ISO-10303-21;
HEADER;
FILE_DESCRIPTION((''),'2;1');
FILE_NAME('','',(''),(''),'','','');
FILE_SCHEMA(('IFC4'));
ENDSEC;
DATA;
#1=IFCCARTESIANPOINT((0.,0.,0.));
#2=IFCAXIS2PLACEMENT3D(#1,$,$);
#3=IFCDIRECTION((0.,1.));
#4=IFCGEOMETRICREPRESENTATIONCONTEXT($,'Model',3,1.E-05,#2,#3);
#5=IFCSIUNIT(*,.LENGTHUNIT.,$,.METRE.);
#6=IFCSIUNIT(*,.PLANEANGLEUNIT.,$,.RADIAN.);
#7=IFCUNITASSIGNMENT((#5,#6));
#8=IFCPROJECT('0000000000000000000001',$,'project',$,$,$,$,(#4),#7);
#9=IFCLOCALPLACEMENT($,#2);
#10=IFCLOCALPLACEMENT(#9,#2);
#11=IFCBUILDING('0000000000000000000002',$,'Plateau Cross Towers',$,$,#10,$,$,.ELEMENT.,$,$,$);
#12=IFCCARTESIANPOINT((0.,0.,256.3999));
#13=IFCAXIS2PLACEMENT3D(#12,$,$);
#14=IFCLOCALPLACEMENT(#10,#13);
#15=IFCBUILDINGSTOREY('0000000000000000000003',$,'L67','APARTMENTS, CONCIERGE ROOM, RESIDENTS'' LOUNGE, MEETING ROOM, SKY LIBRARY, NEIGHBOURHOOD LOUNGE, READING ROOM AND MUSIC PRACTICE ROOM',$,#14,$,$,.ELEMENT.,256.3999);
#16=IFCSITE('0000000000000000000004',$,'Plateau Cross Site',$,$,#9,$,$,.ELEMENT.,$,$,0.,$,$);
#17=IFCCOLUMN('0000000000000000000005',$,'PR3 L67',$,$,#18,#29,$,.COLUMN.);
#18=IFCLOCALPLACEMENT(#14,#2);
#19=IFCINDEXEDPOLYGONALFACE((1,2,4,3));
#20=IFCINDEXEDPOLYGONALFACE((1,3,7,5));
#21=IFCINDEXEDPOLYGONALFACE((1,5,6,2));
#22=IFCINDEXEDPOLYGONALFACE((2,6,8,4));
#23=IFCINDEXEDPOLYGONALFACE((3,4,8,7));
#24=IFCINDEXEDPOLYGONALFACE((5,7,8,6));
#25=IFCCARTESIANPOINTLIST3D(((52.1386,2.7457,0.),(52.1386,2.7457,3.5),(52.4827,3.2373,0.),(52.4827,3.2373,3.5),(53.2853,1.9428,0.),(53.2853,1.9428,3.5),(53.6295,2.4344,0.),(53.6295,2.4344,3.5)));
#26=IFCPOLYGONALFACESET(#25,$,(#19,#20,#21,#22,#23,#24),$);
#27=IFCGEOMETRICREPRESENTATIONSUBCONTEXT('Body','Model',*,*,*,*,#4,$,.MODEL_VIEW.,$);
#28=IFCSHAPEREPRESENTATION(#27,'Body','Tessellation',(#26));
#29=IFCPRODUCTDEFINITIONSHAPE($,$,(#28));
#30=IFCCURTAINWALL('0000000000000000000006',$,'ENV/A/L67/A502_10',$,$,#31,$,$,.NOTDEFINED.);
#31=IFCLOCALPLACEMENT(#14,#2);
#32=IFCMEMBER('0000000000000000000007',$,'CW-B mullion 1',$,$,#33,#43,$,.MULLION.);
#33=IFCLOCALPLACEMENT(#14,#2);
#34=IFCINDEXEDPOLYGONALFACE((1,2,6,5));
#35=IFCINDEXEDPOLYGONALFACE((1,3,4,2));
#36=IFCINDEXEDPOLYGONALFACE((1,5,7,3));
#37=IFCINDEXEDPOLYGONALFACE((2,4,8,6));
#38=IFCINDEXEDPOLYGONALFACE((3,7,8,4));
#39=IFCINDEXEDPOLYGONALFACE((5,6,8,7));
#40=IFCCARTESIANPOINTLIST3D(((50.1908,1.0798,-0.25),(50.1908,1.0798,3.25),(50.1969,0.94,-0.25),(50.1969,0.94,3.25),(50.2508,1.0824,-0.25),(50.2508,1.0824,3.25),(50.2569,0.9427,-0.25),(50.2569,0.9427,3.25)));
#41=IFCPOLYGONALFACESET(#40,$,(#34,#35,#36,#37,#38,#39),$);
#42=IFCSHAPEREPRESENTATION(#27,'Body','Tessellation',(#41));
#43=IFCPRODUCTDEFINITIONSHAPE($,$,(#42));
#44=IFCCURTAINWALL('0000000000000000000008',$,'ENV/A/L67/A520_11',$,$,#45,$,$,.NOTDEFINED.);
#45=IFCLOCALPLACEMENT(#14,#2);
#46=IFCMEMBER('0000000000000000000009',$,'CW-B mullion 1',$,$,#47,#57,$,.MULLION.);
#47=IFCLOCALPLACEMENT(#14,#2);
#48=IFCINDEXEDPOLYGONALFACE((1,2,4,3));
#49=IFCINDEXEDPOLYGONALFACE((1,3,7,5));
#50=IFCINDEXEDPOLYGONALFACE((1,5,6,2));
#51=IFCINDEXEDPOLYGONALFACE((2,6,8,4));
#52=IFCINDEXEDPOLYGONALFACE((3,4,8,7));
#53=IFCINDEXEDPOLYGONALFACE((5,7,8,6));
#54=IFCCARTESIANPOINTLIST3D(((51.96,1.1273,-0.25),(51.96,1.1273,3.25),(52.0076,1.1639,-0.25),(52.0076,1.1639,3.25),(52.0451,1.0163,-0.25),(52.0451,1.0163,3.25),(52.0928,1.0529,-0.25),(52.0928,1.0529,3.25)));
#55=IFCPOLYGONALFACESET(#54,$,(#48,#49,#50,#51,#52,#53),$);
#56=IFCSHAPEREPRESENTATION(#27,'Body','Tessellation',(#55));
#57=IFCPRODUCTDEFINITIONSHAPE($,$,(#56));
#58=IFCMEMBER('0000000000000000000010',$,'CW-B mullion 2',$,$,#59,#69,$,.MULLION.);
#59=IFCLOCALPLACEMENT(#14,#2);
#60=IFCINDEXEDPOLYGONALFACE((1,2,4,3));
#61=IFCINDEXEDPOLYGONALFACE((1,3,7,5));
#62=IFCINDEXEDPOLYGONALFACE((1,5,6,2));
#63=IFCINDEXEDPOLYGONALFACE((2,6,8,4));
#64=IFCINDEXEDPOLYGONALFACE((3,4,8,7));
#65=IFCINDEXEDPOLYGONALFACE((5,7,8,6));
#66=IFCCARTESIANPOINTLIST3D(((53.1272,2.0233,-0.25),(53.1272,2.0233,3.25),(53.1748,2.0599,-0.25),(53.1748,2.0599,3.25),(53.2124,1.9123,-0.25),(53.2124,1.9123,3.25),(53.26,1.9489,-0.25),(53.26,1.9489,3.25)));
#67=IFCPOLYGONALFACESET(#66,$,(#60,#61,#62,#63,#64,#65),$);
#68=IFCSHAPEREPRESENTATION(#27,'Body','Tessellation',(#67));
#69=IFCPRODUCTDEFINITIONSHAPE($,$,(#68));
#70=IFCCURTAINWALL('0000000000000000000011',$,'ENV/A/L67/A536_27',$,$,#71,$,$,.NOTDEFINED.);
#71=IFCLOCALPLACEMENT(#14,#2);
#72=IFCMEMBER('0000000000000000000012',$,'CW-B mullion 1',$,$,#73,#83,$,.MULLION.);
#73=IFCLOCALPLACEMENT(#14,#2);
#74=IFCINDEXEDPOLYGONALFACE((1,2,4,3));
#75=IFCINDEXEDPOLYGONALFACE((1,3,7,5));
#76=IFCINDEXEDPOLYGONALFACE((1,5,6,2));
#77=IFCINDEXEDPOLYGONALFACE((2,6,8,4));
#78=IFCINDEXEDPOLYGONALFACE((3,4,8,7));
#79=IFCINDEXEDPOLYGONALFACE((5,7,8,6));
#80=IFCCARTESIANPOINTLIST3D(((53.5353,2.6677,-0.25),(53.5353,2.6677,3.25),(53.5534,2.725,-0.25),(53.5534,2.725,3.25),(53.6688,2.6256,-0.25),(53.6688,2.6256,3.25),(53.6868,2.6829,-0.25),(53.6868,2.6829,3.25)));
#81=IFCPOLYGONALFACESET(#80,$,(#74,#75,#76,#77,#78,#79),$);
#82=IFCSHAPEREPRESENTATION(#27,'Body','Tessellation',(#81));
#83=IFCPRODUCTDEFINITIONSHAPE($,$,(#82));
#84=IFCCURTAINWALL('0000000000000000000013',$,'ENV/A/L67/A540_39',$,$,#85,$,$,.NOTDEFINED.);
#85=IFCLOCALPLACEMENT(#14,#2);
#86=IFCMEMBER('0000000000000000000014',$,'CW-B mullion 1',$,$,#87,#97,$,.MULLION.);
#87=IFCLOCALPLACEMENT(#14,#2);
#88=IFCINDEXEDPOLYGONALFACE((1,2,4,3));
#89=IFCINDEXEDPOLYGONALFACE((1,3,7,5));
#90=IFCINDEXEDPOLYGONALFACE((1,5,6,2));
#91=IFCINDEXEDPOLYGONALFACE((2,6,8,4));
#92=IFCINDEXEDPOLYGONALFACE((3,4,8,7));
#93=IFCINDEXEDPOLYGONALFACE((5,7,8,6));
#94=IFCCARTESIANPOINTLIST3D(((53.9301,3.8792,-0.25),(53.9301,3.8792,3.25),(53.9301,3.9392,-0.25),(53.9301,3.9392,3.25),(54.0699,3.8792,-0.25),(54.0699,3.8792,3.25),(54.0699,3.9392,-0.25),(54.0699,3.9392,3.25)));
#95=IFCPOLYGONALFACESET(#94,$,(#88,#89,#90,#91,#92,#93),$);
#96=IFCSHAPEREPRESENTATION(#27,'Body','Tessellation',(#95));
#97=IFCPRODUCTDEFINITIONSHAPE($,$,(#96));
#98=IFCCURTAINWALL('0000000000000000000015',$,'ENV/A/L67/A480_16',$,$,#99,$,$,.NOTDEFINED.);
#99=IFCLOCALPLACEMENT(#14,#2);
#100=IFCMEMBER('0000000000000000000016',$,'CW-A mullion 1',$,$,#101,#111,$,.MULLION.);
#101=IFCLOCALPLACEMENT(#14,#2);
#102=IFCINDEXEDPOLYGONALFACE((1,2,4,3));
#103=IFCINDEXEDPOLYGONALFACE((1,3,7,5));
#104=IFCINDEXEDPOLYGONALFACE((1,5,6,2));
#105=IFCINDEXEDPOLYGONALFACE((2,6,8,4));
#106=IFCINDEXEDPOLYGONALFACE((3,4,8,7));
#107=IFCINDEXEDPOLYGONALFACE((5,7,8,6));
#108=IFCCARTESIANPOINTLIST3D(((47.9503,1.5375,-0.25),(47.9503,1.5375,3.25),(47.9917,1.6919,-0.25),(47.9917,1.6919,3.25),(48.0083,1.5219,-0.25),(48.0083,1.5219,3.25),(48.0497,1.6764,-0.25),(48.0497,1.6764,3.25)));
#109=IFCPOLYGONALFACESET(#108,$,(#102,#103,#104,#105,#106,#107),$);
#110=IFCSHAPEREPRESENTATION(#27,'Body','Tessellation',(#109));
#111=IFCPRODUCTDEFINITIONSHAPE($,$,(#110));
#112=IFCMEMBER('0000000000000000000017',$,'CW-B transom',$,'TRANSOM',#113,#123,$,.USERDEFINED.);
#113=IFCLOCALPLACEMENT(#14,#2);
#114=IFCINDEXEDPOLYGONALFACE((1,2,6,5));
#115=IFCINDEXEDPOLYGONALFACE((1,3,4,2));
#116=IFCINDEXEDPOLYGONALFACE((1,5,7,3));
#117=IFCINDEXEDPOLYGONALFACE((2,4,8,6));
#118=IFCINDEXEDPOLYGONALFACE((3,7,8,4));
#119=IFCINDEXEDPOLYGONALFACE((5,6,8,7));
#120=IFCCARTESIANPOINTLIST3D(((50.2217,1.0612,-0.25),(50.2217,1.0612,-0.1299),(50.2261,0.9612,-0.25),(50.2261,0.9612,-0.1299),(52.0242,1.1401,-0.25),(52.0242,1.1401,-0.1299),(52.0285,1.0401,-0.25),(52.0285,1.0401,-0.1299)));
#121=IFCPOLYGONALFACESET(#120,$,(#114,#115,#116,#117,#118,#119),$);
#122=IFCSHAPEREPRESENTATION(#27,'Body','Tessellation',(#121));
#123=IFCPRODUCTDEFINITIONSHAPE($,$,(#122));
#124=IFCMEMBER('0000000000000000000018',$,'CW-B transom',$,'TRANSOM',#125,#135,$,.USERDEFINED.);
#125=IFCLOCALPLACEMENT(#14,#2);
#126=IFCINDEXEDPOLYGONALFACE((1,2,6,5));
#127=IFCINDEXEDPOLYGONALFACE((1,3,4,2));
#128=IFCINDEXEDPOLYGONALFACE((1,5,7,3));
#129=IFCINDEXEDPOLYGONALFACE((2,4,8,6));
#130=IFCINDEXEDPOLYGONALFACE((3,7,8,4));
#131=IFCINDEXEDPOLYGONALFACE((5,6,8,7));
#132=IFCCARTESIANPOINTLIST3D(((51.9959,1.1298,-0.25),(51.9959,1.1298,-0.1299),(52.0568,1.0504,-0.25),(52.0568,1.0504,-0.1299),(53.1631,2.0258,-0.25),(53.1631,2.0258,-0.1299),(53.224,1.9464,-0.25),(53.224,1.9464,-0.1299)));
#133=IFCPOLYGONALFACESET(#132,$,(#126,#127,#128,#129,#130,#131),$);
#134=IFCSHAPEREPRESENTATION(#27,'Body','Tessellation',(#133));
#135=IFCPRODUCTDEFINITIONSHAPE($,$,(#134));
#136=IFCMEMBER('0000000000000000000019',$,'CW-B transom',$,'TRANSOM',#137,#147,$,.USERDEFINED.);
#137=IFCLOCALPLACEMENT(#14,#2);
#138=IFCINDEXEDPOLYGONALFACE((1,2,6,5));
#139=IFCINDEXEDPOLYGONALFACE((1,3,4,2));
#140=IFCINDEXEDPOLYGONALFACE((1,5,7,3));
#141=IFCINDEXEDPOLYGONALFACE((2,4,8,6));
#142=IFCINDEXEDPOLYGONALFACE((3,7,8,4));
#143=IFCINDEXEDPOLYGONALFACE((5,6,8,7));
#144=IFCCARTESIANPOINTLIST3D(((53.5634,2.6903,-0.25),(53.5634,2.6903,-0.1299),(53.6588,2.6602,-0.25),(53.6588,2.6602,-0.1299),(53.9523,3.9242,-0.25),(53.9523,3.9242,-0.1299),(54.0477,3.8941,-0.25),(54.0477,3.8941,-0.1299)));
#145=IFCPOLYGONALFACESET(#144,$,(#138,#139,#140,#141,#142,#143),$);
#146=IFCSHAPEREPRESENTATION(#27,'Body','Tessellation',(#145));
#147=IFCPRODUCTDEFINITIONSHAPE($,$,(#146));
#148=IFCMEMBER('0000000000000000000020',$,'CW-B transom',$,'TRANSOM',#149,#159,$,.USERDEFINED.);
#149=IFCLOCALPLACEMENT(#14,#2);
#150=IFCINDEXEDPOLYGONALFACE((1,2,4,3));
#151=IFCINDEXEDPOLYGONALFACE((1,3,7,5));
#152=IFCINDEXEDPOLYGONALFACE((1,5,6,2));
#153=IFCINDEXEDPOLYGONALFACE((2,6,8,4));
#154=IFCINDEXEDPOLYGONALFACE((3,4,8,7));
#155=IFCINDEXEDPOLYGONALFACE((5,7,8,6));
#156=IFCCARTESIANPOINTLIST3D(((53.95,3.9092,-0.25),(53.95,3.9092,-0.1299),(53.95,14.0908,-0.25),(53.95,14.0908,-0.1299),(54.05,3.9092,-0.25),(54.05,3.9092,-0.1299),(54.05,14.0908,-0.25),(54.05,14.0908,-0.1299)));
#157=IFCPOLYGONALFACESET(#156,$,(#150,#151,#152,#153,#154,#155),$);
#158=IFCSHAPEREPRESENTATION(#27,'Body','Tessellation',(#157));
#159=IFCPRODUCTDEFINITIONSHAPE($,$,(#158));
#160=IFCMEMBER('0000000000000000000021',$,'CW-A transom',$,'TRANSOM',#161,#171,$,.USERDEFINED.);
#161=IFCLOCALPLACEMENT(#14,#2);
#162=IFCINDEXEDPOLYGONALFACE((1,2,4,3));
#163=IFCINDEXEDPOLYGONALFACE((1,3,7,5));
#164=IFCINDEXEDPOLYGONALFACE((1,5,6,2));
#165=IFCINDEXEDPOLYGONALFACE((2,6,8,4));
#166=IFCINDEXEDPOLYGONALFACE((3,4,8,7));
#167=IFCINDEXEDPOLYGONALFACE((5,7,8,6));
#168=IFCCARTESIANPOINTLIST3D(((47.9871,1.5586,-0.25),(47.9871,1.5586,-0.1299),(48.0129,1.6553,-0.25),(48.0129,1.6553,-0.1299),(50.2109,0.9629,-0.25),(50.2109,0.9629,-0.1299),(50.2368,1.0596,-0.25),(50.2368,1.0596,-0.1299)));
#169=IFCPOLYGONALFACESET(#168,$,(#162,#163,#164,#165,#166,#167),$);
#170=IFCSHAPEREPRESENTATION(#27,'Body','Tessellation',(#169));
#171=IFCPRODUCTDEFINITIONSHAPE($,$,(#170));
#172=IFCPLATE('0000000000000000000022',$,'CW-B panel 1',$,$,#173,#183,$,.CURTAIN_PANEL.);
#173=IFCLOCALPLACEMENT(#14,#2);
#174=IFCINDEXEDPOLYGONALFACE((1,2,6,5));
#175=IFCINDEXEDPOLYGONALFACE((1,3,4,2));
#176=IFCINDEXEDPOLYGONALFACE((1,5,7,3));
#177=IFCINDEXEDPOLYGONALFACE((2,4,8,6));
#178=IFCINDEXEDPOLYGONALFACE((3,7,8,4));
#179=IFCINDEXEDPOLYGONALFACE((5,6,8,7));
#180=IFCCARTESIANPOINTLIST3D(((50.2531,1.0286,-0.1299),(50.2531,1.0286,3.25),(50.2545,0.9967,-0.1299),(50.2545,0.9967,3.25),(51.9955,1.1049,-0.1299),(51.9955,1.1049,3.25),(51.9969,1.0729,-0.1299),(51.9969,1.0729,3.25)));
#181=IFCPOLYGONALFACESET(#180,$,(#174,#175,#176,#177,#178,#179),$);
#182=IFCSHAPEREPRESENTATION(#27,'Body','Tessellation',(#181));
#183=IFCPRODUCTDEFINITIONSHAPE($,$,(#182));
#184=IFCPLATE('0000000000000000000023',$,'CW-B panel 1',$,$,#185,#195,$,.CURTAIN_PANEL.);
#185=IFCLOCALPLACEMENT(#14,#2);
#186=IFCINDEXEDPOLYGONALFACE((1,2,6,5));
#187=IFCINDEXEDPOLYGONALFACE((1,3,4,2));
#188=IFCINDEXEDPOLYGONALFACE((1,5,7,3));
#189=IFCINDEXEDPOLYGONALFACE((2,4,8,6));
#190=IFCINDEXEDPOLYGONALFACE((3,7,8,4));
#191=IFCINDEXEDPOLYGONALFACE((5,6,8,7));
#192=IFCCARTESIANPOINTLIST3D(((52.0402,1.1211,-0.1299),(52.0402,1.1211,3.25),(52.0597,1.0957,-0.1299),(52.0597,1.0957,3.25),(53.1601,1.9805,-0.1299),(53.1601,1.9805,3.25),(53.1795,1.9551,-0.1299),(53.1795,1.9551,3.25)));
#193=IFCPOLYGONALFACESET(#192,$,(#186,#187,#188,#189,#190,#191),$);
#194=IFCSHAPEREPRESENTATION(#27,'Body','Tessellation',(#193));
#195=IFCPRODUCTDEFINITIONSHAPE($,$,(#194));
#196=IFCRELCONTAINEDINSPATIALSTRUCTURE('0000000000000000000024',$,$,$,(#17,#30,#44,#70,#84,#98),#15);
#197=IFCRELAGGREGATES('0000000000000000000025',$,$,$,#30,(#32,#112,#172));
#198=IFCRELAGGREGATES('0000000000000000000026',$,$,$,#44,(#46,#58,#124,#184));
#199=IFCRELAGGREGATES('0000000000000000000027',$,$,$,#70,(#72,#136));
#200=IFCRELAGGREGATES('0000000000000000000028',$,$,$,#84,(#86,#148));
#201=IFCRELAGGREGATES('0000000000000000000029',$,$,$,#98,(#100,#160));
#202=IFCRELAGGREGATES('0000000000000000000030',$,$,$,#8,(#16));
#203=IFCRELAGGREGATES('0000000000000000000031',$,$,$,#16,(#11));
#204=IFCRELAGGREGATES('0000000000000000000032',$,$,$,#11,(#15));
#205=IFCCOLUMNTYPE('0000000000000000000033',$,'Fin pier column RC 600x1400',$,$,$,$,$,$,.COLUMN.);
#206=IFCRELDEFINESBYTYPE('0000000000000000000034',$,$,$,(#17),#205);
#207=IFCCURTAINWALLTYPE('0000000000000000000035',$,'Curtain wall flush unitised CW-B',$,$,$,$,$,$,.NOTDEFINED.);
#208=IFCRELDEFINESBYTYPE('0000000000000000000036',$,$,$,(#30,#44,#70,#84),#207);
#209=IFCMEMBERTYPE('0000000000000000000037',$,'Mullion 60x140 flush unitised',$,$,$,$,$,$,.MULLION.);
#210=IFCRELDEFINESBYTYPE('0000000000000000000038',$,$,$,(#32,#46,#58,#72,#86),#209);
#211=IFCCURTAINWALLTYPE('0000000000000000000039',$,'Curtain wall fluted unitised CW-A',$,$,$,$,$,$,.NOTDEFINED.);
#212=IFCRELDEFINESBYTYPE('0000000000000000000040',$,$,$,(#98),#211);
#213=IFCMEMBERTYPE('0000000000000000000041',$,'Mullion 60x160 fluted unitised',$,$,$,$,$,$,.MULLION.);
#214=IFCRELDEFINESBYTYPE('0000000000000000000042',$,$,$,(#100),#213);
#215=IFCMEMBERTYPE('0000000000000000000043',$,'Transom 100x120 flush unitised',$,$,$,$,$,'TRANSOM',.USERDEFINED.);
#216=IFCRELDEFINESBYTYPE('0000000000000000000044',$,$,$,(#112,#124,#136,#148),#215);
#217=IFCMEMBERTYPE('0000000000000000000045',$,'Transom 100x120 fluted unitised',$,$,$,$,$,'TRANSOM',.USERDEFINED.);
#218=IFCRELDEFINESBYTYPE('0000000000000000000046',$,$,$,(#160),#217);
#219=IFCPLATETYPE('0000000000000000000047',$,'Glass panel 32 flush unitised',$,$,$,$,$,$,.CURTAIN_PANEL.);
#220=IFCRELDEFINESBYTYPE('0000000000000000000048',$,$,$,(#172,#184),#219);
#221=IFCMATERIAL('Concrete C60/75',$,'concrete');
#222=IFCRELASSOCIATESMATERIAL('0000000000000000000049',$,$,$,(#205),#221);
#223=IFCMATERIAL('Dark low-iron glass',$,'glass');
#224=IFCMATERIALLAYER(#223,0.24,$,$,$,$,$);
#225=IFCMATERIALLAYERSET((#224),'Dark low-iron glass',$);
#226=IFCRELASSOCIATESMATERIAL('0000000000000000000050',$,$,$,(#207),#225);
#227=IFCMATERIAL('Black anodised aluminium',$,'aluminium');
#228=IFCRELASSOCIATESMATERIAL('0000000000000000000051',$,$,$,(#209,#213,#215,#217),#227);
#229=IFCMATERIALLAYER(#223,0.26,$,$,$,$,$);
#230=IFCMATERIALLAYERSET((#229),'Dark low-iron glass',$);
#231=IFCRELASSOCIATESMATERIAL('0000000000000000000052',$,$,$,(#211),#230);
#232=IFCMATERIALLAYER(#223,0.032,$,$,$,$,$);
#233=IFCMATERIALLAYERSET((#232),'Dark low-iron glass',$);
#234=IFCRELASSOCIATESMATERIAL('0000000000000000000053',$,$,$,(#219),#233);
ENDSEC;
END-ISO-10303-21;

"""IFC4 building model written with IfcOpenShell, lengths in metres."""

from ifc_helpers import new_model, si_unit, direction, frame, origin, origin_2d, place, context, subcontext, project, spatial, rectangle, extrude, material, layer, layer_set, material_profile, profile_set, type_object, element, aggregate, save


model = new_model("IFC4")

# Units and contexts
model_context = context("Model", 3, precision=1e-05, world=origin(), true_north=direction((0.0, 1.0)))
body_context = subcontext(model_context, "Body", "Model", "MODEL_VIEW")
ifc_project = project(units=[si_unit("LENGTHUNIT", "METRE"), si_unit("PLANEANGLEUNIT", "RADIAN")], contexts=[model_context])

# Site, building, storey
site_placement = place(None, origin())
site = spatial("IfcSite", under=ifc_project, at=site_placement, Name="Plateau Cross Site", CompositionType="ELEMENT", RefElevation=0.0)
building_placement = place(site_placement, origin())
building = spatial("IfcBuilding", under=site, at=building_placement, Name="Plateau Cross Towers", CompositionType="ELEMENT")
storey_placement = place(building_placement, frame((0.0, 0.0, 256.3999)))
storey = spatial("IfcBuildingStorey", under=building, at=storey_placement, Name="L67", Description="APARTMENTS, CONCIERGE ROOM, RESIDENTS' LOUNGE, MEETING ROOM, SKY LIBRARY, NEIGHBOURHOOD LOUNGE, READING ROOM AND MUSIC PRACTICE ROOM", CompositionType="ELEMENT", Elevation=256.3999)

# Column
ifc_material_1 = material(Name="Concrete C60/75", Category="concrete")
ifc_material_profile_1 = material_profile(ifc_material_1, rectangle(XDim=0.6001, YDim=1.3999, at=origin_2d()), Name="RC 600x1400")
ifc_profile_set_1 = profile_set([ifc_material_profile_1], Name="Concrete C60/75")
column_type = type_object("IfcColumnType", Name="Fin pier column RC 600x1400", PredefinedType="COLUMN", material=ifc_profile_set_1)
column_placement = place(storey_placement, frame((52.884, 2.5901, 0.0), z_axis=(0.0, 0.0, 1.0), x_axis=(0.573543, 0.819176, 0.0)))
element("IfcColumn", 1, at=column_placement, inside=storey, type_object=column_type, Name="PR3 L67", PredefinedType="COLUMN", context=body_context, shape_type="SweptSolid", body=[
    extrude(rectangle(XDim=0.6001, YDim=1.3999, at=origin_2d()), origin(), (0.0, 0.0, 1.0), 3.5),
])

# Curtain wall, member
ifc_material_2 = material(Name="Dark low-iron glass", Category="glass")
ifc_layer_1 = layer(ifc_material_2, 0.24)
ifc_layer_set_1 = layer_set([ifc_layer_1], Name="Dark low-iron glass")
curtain_wall_type_1 = type_object("IfcCurtainWallType", Name="Curtain wall flush unitised CW-B", PredefinedType="NOTDEFINED", material=ifc_layer_set_1)
curtain_wall_1_placement = place(storey_placement, origin())
curtain_wall_1 = element("IfcCurtainWall", 2, at=curtain_wall_1_placement, inside=storey, type_object=curtain_wall_type_1, Name="ENV/A/L67/A502_10", PredefinedType="NOTDEFINED")
ifc_material_3 = material(Name="Black anodised aluminium", Category="aluminium")
ifc_material_profile_2 = material_profile(ifc_material_3, rectangle(XDim=0.0601, YDim=0.1399, at=origin_2d()), Name="MULLION 60x140")
ifc_profile_set_2 = profile_set([ifc_material_profile_2], Name="Black anodised aluminium")
member_type_1 = type_object("IfcMemberType", Name="Mullion 60x140 flush unitised", PredefinedType="MULLION", material=ifc_profile_set_2)
member_1_placement = place(storey_placement, frame((50.2239, 1.0112, -0.25), z_axis=(0.0, 0.0, 1.0), x_axis=(0.999044, 0.043723, 0.0)))
member_1 = element("IfcMember", 3, at=member_1_placement, type_object=member_type_1, Name="CW-B mullion 1", PredefinedType="MULLION", context=body_context, shape_type="SweptSolid", body=[
    extrude(rectangle(XDim=0.0601, YDim=0.1399, at=origin_2d()), origin(), (0.0, 0.0, 1.0), 3.5),
])

# Curtain wall, members
curtain_wall_2_placement = place(storey_placement, origin())
curtain_wall_2 = element("IfcCurtainWall", 4, at=curtain_wall_2_placement, inside=storey, type_object=curtain_wall_type_1, Name="ENV/A/L67/A520_11", PredefinedType="NOTDEFINED")
member_2_placement = place(storey_placement, frame((52.0264, 1.0901, -0.25), z_axis=(0.0, 0.0, 1.0), x_axis=(0.793316, 0.608811, 0.0)))
member_2 = element("IfcMember", 5, at=member_2_placement, type_object=member_type_1, Name="CW-B mullion 1", PredefinedType="MULLION", context=body_context, shape_type="SweptSolid", body=[
    extrude(rectangle(XDim=0.0601, YDim=0.1399, at=origin_2d()), origin(), (0.0, 0.0, 1.0), 3.5),
])
member_3_placement = place(storey_placement, frame((53.1936, 1.9861, -0.25), z_axis=(0.0, 0.0, 1.0), x_axis=(0.793316, 0.608811, 0.0)))
member_3 = element("IfcMember", 6, at=member_3_placement, type_object=member_type_1, Name="CW-B mullion 2", PredefinedType="MULLION", context=body_context, shape_type="SweptSolid", body=[
    extrude(rectangle(XDim=0.0601, YDim=0.1399, at=origin_2d()), origin(), (0.0, 0.0, 1.0), 3.5),
])

# Curtain walls, members
curtain_wall_3_placement = place(storey_placement, origin())
curtain_wall_3 = element("IfcCurtainWall", 7, at=curtain_wall_3_placement, inside=storey, type_object=curtain_wall_type_1, Name="ENV/A/L67/A536_27", PredefinedType="NOTDEFINED")
member_4_placement = place(storey_placement, frame((53.6111, 2.6753, -0.25), z_axis=(0.0, 0.0, 1.0), x_axis=(0.300686, 0.953723, 0.0)))
member_4 = element("IfcMember", 8, at=member_4_placement, type_object=member_type_1, Name="CW-B mullion 1", PredefinedType="MULLION", context=body_context, shape_type="SweptSolid", body=[
    extrude(rectangle(XDim=0.0601, YDim=0.1399, at=origin_2d()), origin(), (0.0, 0.0, 1.0), 3.5),
])
curtain_wall_4_placement = place(storey_placement, origin())
curtain_wall_4 = element("IfcCurtainWall", 9, at=curtain_wall_4_placement, inside=storey, type_object=curtain_wall_type_1, Name="ENV/A/L67/A540_39", PredefinedType="NOTDEFINED")
member_5_placement = place(storey_placement, frame((54.0, 3.9092, -0.25), z_axis=(0.0, 0.0, 1.0), x_axis=(0.0, 1.0, 0.0)))
member_5 = element("IfcMember", 10, at=member_5_placement, type_object=member_type_1, Name="CW-B mullion 1", PredefinedType="MULLION", context=body_context, shape_type="SweptSolid", body=[
    extrude(rectangle(XDim=0.0601, YDim=0.1399, at=origin_2d()), origin(), (0.0, 0.0, 1.0), 3.5),
])
ifc_layer_2 = layer(ifc_material_2, 0.26)
ifc_layer_set_2 = layer_set([ifc_layer_2], Name="Dark low-iron glass")
curtain_wall_type_2 = type_object("IfcCurtainWallType", Name="Curtain wall fluted unitised CW-A", PredefinedType="NOTDEFINED", material=ifc_layer_set_2)
curtain_wall_5_placement = place(storey_placement, origin())
curtain_wall_5 = element("IfcCurtainWall", 11, at=curtain_wall_5_placement, inside=storey, type_object=curtain_wall_type_2, Name="ENV/A/L67/A480_16", PredefinedType="NOTDEFINED")
ifc_material_profile_3 = material_profile(ifc_material_3, rectangle(XDim=0.0601, YDim=0.1599, at=origin_2d()), Name="MULLION 60x160")
ifc_profile_set_3 = profile_set([ifc_material_profile_3], Name="Black anodised aluminium")
member_type_2 = type_object("IfcMemberType", Name="Mullion 60x160 fluted unitised", PredefinedType="MULLION", material=ifc_profile_set_3)
member_6_placement = place(storey_placement, frame((48.0, 1.6069, -0.25), z_axis=(0.0, 0.0, 1.0), x_axis=(0.965958, -0.258699, 0.0)))
member_6 = element("IfcMember", 12, at=member_6_placement, type_object=member_type_2, Name="CW-A mullion 1", PredefinedType="MULLION", context=body_context, shape_type="SweptSolid", body=[
    extrude(rectangle(XDim=0.0601, YDim=0.1599, at=origin_2d()), origin(), (0.0, 0.0, 1.0), 3.5),
])

# Members
ifc_material_profile_4 = material_profile(ifc_material_3, rectangle(XDim=0.1001, YDim=0.1201, at=origin_2d()), Name="TRANSOM 100x120")
ifc_profile_set_4 = profile_set([ifc_material_profile_4], Name="Black anodised aluminium")
member_type_3 = type_object("IfcMemberType", Name="Transom 100x120 flush unitised", ElementType="TRANSOM", PredefinedType="USERDEFINED", material=ifc_profile_set_4)
member_7_placement = place(storey_placement, frame((50.2239, 1.0112, -0.1899), z_axis=(0.999044, 0.043707, 0.0), x_axis=(-0.043707, 0.999044, 0.0)))
member_7 = element("IfcMember", 13, at=member_7_placement, type_object=member_type_3, Name="CW-B transom", ObjectType="TRANSOM", PredefinedType="USERDEFINED", context=body_context, shape_type="SweptSolid", body=[
    extrude(rectangle(XDim=0.1001, YDim=0.1201, at=origin_2d()), origin(), (0.0, 0.0, 1.0), 1.8042),
])
member_8_placement = place(storey_placement, frame((52.0264, 1.0901, -0.1899), z_axis=(0.79324, 0.608909, 0.0), x_axis=(-0.608909, 0.79324, 0.0)))
member_8 = element("IfcMember", 14, at=member_8_placement, type_object=member_type_3, Name="CW-B transom", ObjectType="TRANSOM", PredefinedType="USERDEFINED", context=body_context, shape_type="SweptSolid", body=[
    extrude(rectangle(XDim=0.1001, YDim=0.1201, at=origin_2d()), origin(), (0.0, 0.0, 1.0), 1.4714),
])
member_9_placement = place(storey_placement, frame((53.6111, 2.6753, -0.1899), z_axis=(0.300617, 0.953745, 0.0), x_axis=(-0.953745, 0.300617, 0.0)))
member_9 = element("IfcMember", 15, at=member_9_placement, type_object=member_type_3, Name="CW-B transom", ObjectType="TRANSOM", PredefinedType="USERDEFINED", context=body_context, shape_type="SweptSolid", body=[
    extrude(rectangle(XDim=0.1001, YDim=0.1201, at=origin_2d()), origin(), (0.0, 0.0, 1.0), 1.2937),
])
member_10_placement = place(storey_placement, frame((54.0, 3.9092, -0.1899), z_axis=(0.0, 1.0, 0.0), x_axis=(-1.0, 0.0, 0.0)))
member_10 = element("IfcMember", 16, at=member_10_placement, type_object=member_type_3, Name="CW-B transom", ObjectType="TRANSOM", PredefinedType="USERDEFINED", context=body_context, shape_type="SweptSolid", body=[
    extrude(rectangle(XDim=0.1001, YDim=0.1201, at=origin_2d()), origin(), (0.0, 0.0, 1.0), 10.1816),
])
ifc_material_profile_5 = material_profile(ifc_material_3, rectangle(XDim=0.1001, YDim=0.1201, at=origin_2d()), Name="TRANSOM 100x120")
ifc_profile_set_5 = profile_set([ifc_material_profile_5], Name="Black anodised aluminium")
member_type_4 = type_object("IfcMemberType", Name="Transom 100x120 fluted unitised", ElementType="TRANSOM", PredefinedType="USERDEFINED", material=ifc_profile_set_5)
member_11_placement = place(storey_placement, frame((48.0, 1.6069, -0.1899), z_axis=(0.965946, -0.258745, 0.0), x_axis=(0.258745, 0.965946, 0.0)))
member_11 = element("IfcMember", 17, at=member_11_placement, type_object=member_type_4, Name="CW-A transom", ObjectType="TRANSOM", PredefinedType="USERDEFINED", context=body_context, shape_type="SweptSolid", body=[
    extrude(rectangle(XDim=0.1001, YDim=0.1201, at=origin_2d()), origin(), (0.0, 0.0, 1.0), 2.3022),
])

# Plates
ifc_layer_3 = layer(ifc_material_2, 0.032)
ifc_layer_set_3 = layer_set([ifc_layer_3], Name="Dark low-iron glass")
plate_type_1 = type_object("IfcPlateType", Name="Glass panel 32 flush unitised", PredefinedType="CURTAIN_PANEL", material=ifc_layer_set_3)
plate_1_placement = place(storey_placement, frame((51.125, 1.0508, -0.1299), z_axis=(0.0, 0.0, 1.0), x_axis=(0.999044, 0.043723, 0.0)))
plate_1 = element("IfcPlate", 18, at=plate_1_placement, type_object=plate_type_1, Name="CW-B panel 1", PredefinedType="CURTAIN_PANEL", context=body_context, shape_type="SweptSolid", body=[
    extrude(rectangle(XDim=1.7441, YDim=0.032, at=origin_2d()), origin(), (0.0, 0.0, 1.0), 3.3799),
])
aggregate(curtain_wall_1, [member_1, member_7, plate_1])
plate_2_placement = place(storey_placement, frame((52.6099, 1.5381, -0.1299), z_axis=(0.0, 0.0, 1.0), x_axis=(0.793316, 0.608811, 0.0)))
plate_2 = element("IfcPlate", 19, at=plate_2_placement, type_object=plate_type_1, Name="CW-B panel 1", PredefinedType="CURTAIN_PANEL", context=body_context, shape_type="SweptSolid", body=[
    extrude(rectangle(XDim=1.4116, YDim=0.032, at=origin_2d()), origin(), (0.0, 0.0, 1.0), 3.3799),
])
aggregate(curtain_wall_2, [member_2, member_3, member_8, plate_2])
aggregate(curtain_wall_3, [member_4, member_9])
aggregate(curtain_wall_4, [member_5, member_10])

aggregate(curtain_wall_5, [member_6, member_11])

save(model, "model.ifc")
